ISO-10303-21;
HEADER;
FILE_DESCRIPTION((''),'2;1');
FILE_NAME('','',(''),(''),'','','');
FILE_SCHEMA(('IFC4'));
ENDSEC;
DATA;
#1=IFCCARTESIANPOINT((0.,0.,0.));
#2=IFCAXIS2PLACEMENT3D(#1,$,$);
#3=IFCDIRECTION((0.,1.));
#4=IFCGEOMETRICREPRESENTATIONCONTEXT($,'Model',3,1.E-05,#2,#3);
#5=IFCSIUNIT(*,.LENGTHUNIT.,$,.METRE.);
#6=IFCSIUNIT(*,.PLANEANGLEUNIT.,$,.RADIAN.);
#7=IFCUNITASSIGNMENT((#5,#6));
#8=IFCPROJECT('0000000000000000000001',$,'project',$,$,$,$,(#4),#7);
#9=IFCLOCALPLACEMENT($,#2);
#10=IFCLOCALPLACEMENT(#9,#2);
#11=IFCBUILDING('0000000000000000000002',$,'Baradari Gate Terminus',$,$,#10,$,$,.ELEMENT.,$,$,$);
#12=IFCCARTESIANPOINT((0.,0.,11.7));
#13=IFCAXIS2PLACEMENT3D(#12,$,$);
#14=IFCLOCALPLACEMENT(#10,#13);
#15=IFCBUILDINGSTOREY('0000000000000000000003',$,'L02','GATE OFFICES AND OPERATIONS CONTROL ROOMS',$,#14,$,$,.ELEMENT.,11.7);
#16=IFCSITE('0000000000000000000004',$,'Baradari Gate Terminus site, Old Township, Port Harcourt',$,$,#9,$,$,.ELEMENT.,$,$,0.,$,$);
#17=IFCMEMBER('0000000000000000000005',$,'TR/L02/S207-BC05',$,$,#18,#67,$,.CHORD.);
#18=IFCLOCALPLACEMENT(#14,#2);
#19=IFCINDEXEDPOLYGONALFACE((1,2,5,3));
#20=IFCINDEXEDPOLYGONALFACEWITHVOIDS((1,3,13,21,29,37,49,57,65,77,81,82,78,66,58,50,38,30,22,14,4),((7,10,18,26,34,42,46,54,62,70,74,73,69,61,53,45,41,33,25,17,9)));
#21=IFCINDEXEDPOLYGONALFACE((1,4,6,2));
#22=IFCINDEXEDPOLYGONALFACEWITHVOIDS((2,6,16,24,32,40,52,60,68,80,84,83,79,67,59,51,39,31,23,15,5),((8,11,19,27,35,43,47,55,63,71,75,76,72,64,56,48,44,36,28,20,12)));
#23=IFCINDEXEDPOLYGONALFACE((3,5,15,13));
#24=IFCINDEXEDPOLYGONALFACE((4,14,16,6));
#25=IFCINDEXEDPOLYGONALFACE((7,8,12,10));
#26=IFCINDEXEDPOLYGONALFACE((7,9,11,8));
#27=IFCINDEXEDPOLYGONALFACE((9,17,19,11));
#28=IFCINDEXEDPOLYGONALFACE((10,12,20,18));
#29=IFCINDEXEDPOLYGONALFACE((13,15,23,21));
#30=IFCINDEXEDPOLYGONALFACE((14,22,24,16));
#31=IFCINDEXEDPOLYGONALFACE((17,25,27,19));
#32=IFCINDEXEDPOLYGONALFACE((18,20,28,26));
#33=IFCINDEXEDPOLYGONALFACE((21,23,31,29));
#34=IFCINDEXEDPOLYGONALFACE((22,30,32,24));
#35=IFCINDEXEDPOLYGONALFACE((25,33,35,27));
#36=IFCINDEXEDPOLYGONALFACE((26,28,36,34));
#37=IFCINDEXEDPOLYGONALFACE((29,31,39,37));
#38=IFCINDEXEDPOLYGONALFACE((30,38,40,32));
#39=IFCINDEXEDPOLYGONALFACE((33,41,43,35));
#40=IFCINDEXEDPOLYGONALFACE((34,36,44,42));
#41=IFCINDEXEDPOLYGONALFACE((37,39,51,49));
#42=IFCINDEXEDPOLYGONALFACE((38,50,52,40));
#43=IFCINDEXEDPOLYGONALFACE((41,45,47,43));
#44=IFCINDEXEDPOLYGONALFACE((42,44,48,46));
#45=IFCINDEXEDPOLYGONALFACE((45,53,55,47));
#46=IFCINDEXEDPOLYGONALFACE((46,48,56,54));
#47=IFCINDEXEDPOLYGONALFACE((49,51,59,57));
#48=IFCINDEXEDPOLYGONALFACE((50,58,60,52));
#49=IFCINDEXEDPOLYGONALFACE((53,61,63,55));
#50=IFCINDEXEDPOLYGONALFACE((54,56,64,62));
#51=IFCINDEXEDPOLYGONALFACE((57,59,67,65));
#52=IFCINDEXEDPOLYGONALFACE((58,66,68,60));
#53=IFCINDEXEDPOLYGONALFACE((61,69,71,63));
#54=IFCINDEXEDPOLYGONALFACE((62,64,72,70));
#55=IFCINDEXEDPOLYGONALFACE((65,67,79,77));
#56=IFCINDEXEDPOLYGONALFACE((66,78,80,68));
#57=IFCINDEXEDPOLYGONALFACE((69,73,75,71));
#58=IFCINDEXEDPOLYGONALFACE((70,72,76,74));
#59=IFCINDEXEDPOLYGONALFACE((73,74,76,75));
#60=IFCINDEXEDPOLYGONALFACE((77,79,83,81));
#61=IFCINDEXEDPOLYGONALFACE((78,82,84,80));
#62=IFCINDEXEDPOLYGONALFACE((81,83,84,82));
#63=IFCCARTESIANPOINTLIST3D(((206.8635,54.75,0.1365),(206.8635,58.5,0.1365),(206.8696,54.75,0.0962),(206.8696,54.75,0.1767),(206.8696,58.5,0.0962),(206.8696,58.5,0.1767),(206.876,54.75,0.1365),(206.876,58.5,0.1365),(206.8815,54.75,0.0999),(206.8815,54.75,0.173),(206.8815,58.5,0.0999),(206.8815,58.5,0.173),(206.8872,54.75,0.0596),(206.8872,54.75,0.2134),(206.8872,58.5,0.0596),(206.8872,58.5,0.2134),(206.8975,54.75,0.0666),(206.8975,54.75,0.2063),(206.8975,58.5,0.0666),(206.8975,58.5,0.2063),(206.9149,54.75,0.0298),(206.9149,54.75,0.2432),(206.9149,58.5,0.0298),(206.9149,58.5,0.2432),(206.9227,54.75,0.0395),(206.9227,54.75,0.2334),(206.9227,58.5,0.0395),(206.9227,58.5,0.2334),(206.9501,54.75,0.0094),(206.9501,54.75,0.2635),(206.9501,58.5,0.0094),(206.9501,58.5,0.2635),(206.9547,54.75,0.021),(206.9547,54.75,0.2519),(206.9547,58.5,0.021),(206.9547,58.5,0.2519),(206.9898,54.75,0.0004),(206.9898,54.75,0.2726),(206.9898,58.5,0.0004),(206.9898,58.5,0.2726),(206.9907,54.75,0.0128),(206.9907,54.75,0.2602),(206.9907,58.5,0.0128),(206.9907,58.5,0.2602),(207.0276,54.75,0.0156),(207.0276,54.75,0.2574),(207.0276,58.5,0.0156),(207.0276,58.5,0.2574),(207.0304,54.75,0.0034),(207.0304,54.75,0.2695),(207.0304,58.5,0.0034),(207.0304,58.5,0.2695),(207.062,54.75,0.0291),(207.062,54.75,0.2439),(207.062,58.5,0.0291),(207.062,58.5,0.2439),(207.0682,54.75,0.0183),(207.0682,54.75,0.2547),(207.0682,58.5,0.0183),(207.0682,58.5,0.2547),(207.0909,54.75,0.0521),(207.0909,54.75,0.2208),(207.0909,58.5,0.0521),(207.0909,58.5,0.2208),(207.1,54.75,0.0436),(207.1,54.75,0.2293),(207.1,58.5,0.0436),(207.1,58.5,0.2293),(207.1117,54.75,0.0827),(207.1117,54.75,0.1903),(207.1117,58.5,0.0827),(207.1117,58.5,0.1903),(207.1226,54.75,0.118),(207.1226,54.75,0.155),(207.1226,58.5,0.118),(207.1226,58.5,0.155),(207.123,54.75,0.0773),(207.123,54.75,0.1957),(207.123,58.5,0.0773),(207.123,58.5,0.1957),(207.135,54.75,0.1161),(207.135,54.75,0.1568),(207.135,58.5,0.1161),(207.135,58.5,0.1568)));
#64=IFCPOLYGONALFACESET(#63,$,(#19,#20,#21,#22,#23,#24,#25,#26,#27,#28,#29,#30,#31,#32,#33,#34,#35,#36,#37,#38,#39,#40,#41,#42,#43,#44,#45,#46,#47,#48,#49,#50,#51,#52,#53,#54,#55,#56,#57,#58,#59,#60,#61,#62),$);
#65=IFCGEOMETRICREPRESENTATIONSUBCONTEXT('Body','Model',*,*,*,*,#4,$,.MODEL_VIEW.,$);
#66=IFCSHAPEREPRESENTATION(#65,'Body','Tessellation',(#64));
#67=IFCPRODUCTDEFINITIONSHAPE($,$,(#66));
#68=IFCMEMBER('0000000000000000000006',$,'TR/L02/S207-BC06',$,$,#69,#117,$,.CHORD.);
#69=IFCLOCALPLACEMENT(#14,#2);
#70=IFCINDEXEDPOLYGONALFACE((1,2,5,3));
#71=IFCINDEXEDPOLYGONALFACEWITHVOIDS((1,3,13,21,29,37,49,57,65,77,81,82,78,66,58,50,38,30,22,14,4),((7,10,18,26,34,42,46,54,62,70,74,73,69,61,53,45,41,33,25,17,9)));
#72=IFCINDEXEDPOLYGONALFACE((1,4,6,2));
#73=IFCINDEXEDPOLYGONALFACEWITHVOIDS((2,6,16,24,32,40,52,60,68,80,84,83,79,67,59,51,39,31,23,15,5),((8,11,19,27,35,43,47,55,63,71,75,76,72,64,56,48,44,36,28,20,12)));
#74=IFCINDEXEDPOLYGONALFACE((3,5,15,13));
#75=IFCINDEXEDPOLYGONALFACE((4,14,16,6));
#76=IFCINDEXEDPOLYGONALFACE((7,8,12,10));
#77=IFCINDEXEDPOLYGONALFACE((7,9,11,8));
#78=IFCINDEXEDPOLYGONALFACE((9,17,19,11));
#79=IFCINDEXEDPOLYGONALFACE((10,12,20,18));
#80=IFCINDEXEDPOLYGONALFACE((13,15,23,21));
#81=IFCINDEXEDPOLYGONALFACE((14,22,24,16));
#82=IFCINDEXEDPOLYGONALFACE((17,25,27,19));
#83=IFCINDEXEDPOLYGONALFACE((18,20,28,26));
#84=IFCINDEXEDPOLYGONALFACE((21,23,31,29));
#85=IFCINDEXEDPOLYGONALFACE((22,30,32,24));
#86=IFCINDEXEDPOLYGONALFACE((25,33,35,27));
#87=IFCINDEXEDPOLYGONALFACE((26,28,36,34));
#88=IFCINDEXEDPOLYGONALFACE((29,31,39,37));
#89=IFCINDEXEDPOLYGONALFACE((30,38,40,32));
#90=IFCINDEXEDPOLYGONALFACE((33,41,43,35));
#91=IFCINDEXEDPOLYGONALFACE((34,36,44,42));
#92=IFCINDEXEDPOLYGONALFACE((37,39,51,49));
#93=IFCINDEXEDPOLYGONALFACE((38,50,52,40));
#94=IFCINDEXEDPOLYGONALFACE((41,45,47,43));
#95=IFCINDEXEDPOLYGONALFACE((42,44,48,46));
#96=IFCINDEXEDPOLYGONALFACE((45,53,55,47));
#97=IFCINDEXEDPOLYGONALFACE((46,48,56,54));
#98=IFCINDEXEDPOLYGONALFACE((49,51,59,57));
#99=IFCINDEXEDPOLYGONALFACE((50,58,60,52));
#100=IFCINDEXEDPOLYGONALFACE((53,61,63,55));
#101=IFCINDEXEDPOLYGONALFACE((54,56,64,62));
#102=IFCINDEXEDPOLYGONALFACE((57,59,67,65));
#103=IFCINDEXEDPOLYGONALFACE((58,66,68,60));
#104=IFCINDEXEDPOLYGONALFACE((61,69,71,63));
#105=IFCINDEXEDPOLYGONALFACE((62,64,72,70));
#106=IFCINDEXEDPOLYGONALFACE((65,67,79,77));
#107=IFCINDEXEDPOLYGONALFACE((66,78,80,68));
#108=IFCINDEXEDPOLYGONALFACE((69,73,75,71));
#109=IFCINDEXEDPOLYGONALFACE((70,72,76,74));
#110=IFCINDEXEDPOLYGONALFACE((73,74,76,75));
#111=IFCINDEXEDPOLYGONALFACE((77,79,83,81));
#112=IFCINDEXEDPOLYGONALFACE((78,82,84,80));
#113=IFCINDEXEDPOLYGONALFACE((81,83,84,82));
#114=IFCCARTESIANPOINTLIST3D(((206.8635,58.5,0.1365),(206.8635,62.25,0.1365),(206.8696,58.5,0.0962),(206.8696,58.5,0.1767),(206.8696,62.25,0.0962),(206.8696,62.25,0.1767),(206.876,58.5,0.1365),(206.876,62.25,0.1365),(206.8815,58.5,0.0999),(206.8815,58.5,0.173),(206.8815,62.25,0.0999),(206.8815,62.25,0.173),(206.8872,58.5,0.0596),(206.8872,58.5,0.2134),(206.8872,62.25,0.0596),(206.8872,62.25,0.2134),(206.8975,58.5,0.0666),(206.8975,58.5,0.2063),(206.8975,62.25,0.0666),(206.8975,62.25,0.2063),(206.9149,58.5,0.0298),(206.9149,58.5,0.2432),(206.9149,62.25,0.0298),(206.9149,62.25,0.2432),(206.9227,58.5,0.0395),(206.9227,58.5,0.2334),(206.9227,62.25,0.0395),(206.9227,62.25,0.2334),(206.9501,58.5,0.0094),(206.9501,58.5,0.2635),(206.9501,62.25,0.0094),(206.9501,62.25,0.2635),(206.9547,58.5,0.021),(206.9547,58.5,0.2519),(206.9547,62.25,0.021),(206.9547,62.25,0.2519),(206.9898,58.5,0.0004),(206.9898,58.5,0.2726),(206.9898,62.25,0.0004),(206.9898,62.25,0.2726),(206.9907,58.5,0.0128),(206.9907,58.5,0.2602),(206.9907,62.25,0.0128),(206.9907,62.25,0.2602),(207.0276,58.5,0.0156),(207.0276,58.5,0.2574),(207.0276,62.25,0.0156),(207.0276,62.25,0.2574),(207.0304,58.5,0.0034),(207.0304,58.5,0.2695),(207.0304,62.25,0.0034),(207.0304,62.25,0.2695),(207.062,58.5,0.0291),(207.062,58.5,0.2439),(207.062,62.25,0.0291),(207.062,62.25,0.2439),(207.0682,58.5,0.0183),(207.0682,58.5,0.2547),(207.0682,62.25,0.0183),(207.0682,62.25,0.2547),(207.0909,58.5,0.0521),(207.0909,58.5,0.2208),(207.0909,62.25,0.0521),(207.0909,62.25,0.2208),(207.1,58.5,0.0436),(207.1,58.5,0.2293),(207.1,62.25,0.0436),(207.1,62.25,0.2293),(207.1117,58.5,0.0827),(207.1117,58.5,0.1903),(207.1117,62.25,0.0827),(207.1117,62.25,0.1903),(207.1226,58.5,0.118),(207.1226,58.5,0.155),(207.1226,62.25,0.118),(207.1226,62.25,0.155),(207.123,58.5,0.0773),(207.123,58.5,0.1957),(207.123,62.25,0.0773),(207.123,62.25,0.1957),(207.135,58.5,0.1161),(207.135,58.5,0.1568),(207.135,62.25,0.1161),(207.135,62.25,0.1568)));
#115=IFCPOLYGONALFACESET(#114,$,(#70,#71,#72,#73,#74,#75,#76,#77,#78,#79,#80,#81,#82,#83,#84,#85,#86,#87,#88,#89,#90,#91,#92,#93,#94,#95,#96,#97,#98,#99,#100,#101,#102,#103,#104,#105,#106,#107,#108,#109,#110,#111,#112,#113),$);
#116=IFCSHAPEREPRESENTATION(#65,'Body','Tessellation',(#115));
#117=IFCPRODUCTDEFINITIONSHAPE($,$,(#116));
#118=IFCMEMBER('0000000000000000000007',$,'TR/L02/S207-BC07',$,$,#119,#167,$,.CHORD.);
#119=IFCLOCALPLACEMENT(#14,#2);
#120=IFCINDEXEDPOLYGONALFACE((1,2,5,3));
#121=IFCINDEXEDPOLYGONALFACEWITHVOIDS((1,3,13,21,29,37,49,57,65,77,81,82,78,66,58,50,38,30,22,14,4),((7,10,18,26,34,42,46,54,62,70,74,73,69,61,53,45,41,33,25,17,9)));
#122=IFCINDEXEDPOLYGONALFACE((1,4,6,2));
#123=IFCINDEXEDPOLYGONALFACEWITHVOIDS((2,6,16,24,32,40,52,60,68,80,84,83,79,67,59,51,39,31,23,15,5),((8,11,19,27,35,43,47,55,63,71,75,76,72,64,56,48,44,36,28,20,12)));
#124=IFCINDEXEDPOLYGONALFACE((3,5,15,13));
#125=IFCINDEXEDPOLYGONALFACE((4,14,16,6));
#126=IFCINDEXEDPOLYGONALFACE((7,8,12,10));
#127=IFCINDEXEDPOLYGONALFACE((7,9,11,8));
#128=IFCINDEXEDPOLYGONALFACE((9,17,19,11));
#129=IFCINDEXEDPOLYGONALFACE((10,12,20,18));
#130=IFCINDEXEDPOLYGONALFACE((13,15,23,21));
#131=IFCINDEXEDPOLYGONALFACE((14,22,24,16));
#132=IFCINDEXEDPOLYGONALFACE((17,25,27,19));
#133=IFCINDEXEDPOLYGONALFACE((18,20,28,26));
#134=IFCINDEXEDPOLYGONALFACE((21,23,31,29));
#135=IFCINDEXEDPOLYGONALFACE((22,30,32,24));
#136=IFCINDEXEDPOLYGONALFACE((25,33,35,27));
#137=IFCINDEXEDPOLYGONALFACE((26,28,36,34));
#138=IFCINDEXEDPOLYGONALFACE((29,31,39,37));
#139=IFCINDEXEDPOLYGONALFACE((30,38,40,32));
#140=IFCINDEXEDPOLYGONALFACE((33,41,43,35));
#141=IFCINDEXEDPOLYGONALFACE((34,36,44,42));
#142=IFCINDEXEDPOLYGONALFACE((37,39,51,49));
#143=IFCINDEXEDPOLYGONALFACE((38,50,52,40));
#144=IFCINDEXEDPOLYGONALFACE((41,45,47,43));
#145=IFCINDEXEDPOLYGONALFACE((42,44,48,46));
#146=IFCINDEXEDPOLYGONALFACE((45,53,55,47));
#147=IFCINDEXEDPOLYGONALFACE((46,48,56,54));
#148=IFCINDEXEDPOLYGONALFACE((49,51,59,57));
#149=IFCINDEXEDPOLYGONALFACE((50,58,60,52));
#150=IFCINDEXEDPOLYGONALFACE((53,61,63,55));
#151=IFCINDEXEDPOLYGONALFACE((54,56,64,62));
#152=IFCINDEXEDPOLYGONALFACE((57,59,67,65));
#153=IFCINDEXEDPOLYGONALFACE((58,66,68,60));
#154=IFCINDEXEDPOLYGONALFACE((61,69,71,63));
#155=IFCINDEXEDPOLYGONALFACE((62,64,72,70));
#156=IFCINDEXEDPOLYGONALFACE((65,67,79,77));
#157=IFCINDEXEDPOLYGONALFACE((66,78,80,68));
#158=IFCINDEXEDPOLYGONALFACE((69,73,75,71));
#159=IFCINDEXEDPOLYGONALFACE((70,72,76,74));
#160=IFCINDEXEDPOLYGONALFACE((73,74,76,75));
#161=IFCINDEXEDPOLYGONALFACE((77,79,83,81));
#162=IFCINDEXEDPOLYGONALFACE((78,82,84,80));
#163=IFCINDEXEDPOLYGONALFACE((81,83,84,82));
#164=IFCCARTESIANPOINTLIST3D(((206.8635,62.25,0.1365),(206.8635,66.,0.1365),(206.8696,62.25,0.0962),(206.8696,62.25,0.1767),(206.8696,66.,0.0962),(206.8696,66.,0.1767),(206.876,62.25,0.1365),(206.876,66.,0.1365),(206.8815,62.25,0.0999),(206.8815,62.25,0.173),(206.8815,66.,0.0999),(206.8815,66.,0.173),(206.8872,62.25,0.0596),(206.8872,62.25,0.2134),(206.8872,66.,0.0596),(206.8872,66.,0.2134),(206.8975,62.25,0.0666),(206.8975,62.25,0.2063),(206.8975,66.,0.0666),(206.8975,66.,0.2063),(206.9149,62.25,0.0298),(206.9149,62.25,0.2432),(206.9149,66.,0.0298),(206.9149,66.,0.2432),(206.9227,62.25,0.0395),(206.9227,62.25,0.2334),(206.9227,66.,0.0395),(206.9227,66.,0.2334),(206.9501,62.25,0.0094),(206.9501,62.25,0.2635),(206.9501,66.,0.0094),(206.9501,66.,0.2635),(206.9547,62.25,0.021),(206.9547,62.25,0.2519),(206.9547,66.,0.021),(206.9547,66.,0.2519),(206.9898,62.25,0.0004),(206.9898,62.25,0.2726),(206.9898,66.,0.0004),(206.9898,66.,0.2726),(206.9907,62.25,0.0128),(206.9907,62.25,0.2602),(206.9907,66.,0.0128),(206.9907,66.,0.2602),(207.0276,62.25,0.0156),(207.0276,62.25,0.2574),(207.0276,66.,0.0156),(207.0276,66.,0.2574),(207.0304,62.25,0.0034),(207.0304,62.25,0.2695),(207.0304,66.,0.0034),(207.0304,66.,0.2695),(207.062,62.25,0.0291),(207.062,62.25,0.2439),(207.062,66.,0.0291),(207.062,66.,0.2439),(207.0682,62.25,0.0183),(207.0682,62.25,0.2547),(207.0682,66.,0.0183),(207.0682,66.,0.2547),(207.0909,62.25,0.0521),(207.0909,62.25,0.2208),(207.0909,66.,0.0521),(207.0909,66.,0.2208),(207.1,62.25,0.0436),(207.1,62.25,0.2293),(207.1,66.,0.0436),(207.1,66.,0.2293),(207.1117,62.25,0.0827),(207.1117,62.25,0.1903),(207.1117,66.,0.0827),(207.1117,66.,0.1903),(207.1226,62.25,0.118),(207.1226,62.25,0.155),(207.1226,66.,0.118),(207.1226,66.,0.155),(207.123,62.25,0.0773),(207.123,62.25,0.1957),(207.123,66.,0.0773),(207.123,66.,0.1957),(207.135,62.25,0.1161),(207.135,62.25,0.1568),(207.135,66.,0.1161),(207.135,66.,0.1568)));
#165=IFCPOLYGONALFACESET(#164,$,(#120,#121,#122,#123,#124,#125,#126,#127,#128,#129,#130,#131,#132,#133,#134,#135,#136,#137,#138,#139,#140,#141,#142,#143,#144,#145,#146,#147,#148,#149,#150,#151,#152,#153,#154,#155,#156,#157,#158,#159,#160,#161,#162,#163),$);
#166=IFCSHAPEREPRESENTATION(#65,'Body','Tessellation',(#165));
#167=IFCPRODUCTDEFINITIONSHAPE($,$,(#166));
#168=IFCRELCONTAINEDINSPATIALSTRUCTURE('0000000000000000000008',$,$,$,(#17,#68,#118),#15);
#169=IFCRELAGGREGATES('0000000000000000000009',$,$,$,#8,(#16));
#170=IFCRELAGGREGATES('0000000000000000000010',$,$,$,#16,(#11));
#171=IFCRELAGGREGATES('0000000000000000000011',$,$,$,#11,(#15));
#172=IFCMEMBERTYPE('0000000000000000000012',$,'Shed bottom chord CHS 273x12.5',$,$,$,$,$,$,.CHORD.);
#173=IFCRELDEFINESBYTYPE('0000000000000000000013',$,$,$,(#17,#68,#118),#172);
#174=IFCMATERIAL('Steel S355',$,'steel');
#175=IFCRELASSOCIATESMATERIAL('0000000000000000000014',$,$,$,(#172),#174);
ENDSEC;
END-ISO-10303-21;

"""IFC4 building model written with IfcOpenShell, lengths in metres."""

from ifc_helpers import new_model, si_unit, direction, frame, origin, origin_2d, place, context, subcontext, project, spatial, hollow_circle, extrude, material, material_profile, profile_set, type_object, element, save


model = new_model("IFC4")

# Units and contexts
model_context = context("Model", 3, precision=1e-05, world=origin(), true_north=direction((0.0, 1.0)))
body_context = subcontext(model_context, "Body", "Model", "MODEL_VIEW")
ifc_project = project(units=[si_unit("LENGTHUNIT", "METRE"), si_unit("PLANEANGLEUNIT", "RADIAN")], contexts=[model_context])

# Site, building, storey
site_placement = place(None, origin())
site = spatial("IfcSite", under=ifc_project, at=site_placement, Name="Baradari Gate Terminus site, Old Township, Port Harcourt", CompositionType="ELEMENT", RefElevation=0.0)
building_placement = place(site_placement, origin())
building = spatial("IfcBuilding", under=site, at=building_placement, Name="Baradari Gate Terminus", CompositionType="ELEMENT")
storey_placement = place(building_placement, frame((0.0, 0.0, 11.7)))
storey = spatial("IfcBuildingStorey", under=building, at=storey_placement, Name="L02", Description="GATE OFFICES AND OPERATIONS CONTROL ROOMS", CompositionType="ELEMENT", Elevation=11.7)

# Members
ifc_material_1 = material(Name="Steel S355", Category="steel")
ifc_material_profile_1 = material_profile(ifc_material_1, hollow_circle(Radius=0.1365, WallThickness=0.0125, at=origin_2d()), Name="CHS 273x12.5")
ifc_profile_set_1 = profile_set([ifc_material_profile_1], Name="Steel S355")
member_type_1 = type_object("IfcMemberType", Name="Shed bottom chord CHS 273x12.5", PredefinedType="CHORD", material=ifc_profile_set_1)
for number, where, z_axis, x_axis, name in (
    (1, (207.0, 54.75, 0.1365), (0.0, 1.0, 0.0), (-1.0, 0.0, 0.0), "TR/L02/S207-BC05"),
    (2, (207.0, 58.5, 0.1365), (0.0, 1.0, 0.0), (-1.0, 0.0, 0.0), "TR/L02/S207-BC06"),
    (3, (207.0, 62.25, 0.1365), (0.0, 1.0, 0.0), (-1.0, 0.0, 0.0), "TR/L02/S207-BC07"),
):
    element("IfcMember", number, at=place(storey_placement, frame(where, z_axis=z_axis, x_axis=x_axis)), inside=storey, type_object=member_type_1, Name=name, PredefinedType="CHORD", context=body_context, shape_type="SweptSolid", body=[
        extrude(hollow_circle(Radius=0.1365, WallThickness=0.0125, at=origin_2d()), origin(), (0.0, 0.0, 1.0), 3.75),
    ])

save(model, "model.ifc")
